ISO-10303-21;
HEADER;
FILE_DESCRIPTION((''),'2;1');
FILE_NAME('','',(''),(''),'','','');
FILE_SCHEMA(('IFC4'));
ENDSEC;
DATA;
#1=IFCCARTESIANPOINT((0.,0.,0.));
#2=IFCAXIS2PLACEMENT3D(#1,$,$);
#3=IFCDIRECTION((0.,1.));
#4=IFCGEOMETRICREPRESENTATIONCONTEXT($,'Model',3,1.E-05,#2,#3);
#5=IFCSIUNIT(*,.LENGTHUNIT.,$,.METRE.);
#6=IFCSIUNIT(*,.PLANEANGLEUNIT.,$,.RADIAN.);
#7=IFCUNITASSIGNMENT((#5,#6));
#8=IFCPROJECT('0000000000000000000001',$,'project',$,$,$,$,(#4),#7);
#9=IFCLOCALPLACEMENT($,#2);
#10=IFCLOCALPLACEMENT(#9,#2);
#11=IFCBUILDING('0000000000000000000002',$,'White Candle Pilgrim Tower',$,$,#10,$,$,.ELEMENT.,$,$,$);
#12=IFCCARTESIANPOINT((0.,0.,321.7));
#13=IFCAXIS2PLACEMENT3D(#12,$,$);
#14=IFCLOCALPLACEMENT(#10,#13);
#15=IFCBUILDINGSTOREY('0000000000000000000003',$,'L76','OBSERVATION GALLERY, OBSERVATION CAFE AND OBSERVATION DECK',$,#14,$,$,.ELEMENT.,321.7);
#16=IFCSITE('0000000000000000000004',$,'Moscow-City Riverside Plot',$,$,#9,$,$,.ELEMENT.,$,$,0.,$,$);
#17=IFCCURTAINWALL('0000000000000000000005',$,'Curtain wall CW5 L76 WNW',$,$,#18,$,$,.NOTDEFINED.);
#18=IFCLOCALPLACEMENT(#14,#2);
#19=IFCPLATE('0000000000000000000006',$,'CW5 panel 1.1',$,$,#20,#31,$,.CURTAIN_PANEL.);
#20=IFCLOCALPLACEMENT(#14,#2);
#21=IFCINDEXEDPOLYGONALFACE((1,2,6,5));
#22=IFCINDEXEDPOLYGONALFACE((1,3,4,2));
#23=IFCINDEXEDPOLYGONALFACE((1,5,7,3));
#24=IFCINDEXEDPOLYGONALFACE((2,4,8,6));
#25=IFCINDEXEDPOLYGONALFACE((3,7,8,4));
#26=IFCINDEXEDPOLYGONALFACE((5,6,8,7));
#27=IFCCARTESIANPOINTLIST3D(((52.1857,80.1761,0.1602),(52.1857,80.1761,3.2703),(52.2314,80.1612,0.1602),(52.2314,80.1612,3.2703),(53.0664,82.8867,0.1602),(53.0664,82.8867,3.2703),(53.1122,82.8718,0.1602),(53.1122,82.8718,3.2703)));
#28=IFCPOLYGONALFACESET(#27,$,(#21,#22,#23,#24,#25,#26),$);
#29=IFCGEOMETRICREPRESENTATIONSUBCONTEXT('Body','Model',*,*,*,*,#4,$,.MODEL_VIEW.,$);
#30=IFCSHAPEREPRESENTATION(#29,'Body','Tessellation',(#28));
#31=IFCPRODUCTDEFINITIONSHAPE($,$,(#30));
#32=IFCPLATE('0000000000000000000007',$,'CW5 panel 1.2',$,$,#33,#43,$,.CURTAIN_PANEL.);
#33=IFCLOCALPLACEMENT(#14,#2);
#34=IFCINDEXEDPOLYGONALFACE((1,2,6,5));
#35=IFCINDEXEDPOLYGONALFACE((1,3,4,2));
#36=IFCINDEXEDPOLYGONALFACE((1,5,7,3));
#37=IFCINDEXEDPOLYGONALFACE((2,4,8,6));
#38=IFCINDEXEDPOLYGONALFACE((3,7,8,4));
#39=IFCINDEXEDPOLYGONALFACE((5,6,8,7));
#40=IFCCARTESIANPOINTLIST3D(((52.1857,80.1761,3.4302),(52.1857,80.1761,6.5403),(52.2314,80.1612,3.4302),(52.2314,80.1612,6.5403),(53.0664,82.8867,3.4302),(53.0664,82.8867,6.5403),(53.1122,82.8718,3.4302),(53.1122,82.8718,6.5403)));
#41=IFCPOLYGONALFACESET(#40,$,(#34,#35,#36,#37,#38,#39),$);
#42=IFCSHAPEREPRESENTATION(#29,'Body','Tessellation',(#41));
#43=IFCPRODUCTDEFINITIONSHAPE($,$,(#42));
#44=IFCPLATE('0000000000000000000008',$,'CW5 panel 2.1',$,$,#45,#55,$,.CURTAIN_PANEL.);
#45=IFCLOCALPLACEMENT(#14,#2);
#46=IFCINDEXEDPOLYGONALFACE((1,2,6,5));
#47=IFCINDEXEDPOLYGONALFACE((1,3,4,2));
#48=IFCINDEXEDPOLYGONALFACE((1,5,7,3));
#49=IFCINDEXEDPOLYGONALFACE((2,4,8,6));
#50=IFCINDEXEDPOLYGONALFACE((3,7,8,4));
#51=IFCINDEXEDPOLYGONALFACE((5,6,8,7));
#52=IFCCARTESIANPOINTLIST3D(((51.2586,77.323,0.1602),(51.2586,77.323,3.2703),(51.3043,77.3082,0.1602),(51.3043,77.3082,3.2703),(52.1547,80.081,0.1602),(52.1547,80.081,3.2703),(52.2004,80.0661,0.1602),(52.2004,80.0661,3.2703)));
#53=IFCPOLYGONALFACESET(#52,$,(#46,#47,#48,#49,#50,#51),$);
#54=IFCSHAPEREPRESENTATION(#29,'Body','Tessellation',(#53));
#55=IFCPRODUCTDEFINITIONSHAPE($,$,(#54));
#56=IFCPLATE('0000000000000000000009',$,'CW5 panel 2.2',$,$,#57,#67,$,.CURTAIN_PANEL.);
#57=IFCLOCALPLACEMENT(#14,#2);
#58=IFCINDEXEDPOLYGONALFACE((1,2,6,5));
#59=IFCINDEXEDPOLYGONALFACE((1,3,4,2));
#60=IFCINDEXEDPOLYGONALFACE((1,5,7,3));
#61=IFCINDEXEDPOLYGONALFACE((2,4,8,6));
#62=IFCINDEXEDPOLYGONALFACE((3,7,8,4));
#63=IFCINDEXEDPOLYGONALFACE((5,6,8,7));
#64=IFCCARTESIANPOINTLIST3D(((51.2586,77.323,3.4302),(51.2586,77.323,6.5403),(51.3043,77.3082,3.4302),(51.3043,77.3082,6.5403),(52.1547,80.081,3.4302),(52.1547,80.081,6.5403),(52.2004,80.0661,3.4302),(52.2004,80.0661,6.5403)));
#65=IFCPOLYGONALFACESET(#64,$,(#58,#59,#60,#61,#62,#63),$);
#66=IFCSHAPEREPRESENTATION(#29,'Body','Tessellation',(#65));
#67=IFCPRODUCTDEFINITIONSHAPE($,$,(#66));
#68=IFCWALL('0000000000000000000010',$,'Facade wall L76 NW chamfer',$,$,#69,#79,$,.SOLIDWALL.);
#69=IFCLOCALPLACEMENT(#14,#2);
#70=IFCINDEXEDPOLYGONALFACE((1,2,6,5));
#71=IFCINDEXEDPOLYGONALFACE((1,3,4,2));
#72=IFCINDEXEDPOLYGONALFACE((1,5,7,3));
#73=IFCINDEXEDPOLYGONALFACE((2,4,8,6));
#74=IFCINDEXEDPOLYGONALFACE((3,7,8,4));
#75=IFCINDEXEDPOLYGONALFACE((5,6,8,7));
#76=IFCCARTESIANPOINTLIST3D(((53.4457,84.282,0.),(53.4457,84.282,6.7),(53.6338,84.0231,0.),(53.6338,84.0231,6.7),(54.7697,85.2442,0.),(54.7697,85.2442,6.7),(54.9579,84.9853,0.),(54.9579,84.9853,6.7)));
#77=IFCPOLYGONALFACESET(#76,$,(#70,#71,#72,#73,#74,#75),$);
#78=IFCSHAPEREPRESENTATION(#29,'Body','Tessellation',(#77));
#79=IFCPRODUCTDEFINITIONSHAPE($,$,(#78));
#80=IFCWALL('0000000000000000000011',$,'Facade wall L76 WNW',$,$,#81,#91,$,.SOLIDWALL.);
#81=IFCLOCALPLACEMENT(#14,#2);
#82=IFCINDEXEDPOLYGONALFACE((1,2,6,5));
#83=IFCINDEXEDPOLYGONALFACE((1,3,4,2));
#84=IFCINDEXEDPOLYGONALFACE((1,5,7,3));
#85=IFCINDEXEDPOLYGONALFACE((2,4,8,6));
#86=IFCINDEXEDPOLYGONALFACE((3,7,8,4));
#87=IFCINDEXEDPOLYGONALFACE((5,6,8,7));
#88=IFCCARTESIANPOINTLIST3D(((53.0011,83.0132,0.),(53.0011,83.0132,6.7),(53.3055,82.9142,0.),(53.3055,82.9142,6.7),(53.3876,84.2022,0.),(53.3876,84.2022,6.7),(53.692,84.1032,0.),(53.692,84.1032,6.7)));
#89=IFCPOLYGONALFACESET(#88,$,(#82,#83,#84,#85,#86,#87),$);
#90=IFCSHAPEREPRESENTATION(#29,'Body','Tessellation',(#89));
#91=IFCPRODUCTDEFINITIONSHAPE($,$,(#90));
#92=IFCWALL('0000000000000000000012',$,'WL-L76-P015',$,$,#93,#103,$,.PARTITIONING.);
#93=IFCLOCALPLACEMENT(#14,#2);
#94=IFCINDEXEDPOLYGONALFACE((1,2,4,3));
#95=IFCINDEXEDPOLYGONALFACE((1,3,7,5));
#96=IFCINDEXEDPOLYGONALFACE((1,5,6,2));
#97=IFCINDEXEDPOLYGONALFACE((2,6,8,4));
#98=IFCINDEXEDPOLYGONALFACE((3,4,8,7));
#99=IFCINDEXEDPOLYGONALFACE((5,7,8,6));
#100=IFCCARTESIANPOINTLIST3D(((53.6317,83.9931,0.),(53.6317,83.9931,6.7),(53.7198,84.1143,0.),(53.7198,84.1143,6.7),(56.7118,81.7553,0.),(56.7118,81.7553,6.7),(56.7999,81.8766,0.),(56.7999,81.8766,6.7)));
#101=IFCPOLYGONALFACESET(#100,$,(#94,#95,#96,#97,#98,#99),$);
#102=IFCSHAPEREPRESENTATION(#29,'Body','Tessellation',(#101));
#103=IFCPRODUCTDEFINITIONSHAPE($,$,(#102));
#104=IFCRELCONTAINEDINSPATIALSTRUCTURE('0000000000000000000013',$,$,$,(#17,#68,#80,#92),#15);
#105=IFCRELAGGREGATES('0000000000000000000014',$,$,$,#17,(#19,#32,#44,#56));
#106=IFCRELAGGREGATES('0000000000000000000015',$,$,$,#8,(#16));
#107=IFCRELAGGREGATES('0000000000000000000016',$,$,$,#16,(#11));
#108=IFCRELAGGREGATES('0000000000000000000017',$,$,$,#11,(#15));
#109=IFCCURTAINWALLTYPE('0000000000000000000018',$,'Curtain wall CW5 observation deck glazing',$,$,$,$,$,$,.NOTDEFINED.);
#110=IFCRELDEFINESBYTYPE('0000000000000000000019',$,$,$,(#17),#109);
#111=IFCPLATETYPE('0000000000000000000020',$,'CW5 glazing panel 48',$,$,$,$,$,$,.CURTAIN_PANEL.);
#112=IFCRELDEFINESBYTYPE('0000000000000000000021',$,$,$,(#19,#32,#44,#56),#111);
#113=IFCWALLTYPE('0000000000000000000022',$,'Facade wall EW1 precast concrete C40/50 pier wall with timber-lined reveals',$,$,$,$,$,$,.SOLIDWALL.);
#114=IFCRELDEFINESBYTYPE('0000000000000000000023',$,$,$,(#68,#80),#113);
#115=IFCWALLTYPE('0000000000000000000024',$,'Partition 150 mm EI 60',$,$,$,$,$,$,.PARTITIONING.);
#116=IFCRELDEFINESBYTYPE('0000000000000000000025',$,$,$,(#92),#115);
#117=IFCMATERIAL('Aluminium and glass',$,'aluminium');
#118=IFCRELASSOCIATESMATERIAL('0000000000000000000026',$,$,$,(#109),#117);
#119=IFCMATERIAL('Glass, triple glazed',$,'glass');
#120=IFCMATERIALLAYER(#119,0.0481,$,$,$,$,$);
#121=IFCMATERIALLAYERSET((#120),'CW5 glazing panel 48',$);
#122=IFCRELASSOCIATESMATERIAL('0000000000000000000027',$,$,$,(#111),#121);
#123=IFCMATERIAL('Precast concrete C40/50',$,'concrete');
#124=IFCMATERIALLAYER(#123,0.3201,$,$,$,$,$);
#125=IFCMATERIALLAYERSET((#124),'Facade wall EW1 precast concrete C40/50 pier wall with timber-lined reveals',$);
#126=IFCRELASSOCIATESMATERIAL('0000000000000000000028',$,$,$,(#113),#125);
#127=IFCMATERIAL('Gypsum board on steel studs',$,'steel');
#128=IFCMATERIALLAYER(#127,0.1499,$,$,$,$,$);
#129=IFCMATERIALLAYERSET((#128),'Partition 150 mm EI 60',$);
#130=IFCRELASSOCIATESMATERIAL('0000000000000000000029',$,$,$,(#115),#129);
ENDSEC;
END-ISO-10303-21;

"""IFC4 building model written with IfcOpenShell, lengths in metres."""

from ifc_helpers import new_model, si_unit, direction, frame, frame_2d, origin, origin_2d, place, context, subcontext, project, spatial, rectangle, extrude, material, layer, layer_set, type_object, element, aggregate, save


model = new_model("IFC4")

# Units and contexts
model_context = context("Model", 3, precision=1e-05, world=origin(), true_north=direction((0.0, 1.0)))
body_context = subcontext(model_context, "Body", "Model", "MODEL_VIEW")
ifc_project = project(units=[si_unit("LENGTHUNIT", "METRE"), si_unit("PLANEANGLEUNIT", "RADIAN")], contexts=[model_context])

# Site, building, storey
site_placement = place(None, origin())
site = spatial("IfcSite", under=ifc_project, at=site_placement, Name="Moscow-City Riverside Plot", CompositionType="ELEMENT", RefElevation=0.0)
building_placement = place(site_placement, origin())
building = spatial("IfcBuilding", under=site, at=building_placement, Name="White Candle Pilgrim Tower", CompositionType="ELEMENT")
storey_placement = place(building_placement, frame((0.0, 0.0, 321.7)))
storey = spatial("IfcBuildingStorey", under=building, at=storey_placement, Name="L76", Description="OBSERVATION GALLERY, OBSERVATION CAFE AND OBSERVATION DECK", CompositionType="ELEMENT", Elevation=321.7)

# Shared definitions
ifc_material_1 = material(Name="Aluminium and glass", Category="aluminium")
curtain_wall_type = type_object("IfcCurtainWallType", Name="Curtain wall CW5 observation deck glazing", PredefinedType="NOTDEFINED", material=ifc_material_1)

# Curtain wall
curtain_wall_1_placement = place(storey_placement, origin())
curtain_wall_1 = element("IfcCurtainWall", 1, at=curtain_wall_1_placement, inside=storey, type_object=curtain_wall_type, Name="Curtain wall CW5 L76 WNW", PredefinedType="NOTDEFINED")

# Plates
ifc_material_2 = material(Name="Glass, triple glazed", Category="glass")
ifc_layer_1 = layer(ifc_material_2, 0.0481)
ifc_layer_set_1 = layer_set([ifc_layer_1], Name="CW5 glazing panel 48")
plate_type = type_object("IfcPlateType", Name="CW5 glazing panel 48", PredefinedType="CURTAIN_PANEL", material=ifc_layer_set_1)
plate_1_placement = place(storey_placement, frame((52.6489, 81.5239, 0.1602), z_axis=(0.0, 0.0, 1.0), x_axis=(-0.309017, -0.951057, 0.0)))
plate_1 = element("IfcPlate", 2, at=plate_1_placement, type_object=plate_type, Name="CW5 panel 1.1", PredefinedType="CURTAIN_PANEL", context=body_context, shape_type="SweptSolid", body=[
    extrude(rectangle(XDim=2.8501, YDim=0.0481, at=origin_2d()), origin(), (0.0, 0.0, 1.0), 3.1101),
])
plate_2_placement = place(storey_placement, frame((52.6489, 81.5239, 3.4302), z_axis=(0.0, 0.0, 1.0), x_axis=(-0.309017, -0.951057, 0.0)))
plate_2 = element("IfcPlate", 3, at=plate_2_placement, type_object=plate_type, Name="CW5 panel 1.2", PredefinedType="CURTAIN_PANEL", context=body_context, shape_type="SweptSolid", body=[
    extrude(rectangle(XDim=2.8501, YDim=0.0481, at=origin_2d()), origin(), (0.0, 0.0, 1.0), 3.1101),
])
plate_3_placement = place(storey_placement, frame((51.7295, 78.6946, 0.1602), z_axis=(0.0, 0.0, 1.0), x_axis=(-0.309017, -0.951057, 0.0)))
plate_3 = element("IfcPlate", 4, at=plate_3_placement, type_object=plate_type, Name="CW5 panel 2.1", PredefinedType="CURTAIN_PANEL", context=body_context, shape_type="SweptSolid", body=[
    extrude(rectangle(XDim=2.8999, YDim=0.0481, at=origin_2d()), origin(), (0.0, 0.0, 1.0), 3.1101),
])
plate_4_placement = place(storey_placement, frame((51.7295, 78.6946, 3.4302), z_axis=(0.0, 0.0, 1.0), x_axis=(-0.309017, -0.951057, 0.0)))
plate_4 = element("IfcPlate", 5, at=plate_4_placement, type_object=plate_type, Name="CW5 panel 2.2", PredefinedType="CURTAIN_PANEL", context=body_context, shape_type="SweptSolid", body=[
    extrude(rectangle(XDim=2.8999, YDim=0.0481, at=origin_2d()), origin(), (0.0, 0.0, 1.0), 3.1101),
])
aggregate(curtain_wall_1, [plate_1, plate_2, plate_3, plate_4])

# Walls
ifc_material_3 = material(Name="Precast concrete C40/50", Category="concrete")
ifc_layer_2 = layer(ifc_material_3, 0.3201)
ifc_layer_set_2 = layer_set([ifc_layer_2], Name="Facade wall EW1 precast concrete C40/50 pier wall with timber-lined reveals")
wall_type_1 = type_object("IfcWallType", Name="Facade wall EW1 precast concrete C40/50 pier wall with timber-lined reveals", PredefinedType="SOLIDWALL", material=ifc_layer_set_2)
wall_1_placement = place(storey_placement, frame((54.8638, 85.1147, 0.0), z_axis=(0.0, 0.0, 1.0), x_axis=(-0.808949, -0.587879, 0.0)))
element("IfcWall", 6, at=wall_1_placement, inside=storey, type_object=wall_type_1, Name="Facade wall L76 NW chamfer", PredefinedType="SOLIDWALL", context=body_context, shape_type="SweptSolid", body=[
    extrude(rectangle(XDim=1.6367, YDim=0.3201, at=frame_2d((0.8184, 0.0))), origin(), (0.0, 0.0, 1.0), 6.7),
])
wall_2_placement = place(storey_placement, frame((53.5398, 84.1526, 0.0), z_axis=(0.0, 0.0, 1.0), x_axis=(-0.30913, -0.95102, 0.0)))
element("IfcWall", 7, at=wall_2_placement, inside=storey, type_object=wall_type_1, Name="Facade wall L76 WNW", PredefinedType="SOLIDWALL", context=body_context, shape_type="SweptSolid", body=[
    extrude(rectangle(XDim=1.2502, YDim=0.3201, at=frame_2d((0.625, 0.0))), origin(), (0.0, 0.0, 1.0), 6.7),
])
ifc_material_4 = material(Name="Gypsum board on steel studs", Category="steel")
ifc_layer_3 = layer(ifc_material_4, 0.1499)
ifc_layer_set_3 = layer_set([ifc_layer_3], Name="Partition 150 mm EI 60")
wall_type_2 = type_object("IfcWallType", Name="Partition 150 mm EI 60", PredefinedType="PARTITIONING", material=ifc_layer_set_3)
wall_3_placement = place(storey_placement, frame((53.6758, 84.0537, 0.0), z_axis=(0.0, 0.0, 1.0), x_axis=(0.809019, -0.587783, 0.0)))
element("IfcWall", 8, at=wall_3_placement, inside=storey, type_object=wall_type_2, Name="WL-L76-P015", PredefinedType="PARTITIONING", context=body_context, shape_type="SweptSolid", body=[
    extrude(rectangle(XDim=3.8071, YDim=0.1499, at=frame_2d((1.9036, 0.0))), origin(), (0.0, 0.0, 1.0), 6.7),
])

save(model, "model.ifc")
